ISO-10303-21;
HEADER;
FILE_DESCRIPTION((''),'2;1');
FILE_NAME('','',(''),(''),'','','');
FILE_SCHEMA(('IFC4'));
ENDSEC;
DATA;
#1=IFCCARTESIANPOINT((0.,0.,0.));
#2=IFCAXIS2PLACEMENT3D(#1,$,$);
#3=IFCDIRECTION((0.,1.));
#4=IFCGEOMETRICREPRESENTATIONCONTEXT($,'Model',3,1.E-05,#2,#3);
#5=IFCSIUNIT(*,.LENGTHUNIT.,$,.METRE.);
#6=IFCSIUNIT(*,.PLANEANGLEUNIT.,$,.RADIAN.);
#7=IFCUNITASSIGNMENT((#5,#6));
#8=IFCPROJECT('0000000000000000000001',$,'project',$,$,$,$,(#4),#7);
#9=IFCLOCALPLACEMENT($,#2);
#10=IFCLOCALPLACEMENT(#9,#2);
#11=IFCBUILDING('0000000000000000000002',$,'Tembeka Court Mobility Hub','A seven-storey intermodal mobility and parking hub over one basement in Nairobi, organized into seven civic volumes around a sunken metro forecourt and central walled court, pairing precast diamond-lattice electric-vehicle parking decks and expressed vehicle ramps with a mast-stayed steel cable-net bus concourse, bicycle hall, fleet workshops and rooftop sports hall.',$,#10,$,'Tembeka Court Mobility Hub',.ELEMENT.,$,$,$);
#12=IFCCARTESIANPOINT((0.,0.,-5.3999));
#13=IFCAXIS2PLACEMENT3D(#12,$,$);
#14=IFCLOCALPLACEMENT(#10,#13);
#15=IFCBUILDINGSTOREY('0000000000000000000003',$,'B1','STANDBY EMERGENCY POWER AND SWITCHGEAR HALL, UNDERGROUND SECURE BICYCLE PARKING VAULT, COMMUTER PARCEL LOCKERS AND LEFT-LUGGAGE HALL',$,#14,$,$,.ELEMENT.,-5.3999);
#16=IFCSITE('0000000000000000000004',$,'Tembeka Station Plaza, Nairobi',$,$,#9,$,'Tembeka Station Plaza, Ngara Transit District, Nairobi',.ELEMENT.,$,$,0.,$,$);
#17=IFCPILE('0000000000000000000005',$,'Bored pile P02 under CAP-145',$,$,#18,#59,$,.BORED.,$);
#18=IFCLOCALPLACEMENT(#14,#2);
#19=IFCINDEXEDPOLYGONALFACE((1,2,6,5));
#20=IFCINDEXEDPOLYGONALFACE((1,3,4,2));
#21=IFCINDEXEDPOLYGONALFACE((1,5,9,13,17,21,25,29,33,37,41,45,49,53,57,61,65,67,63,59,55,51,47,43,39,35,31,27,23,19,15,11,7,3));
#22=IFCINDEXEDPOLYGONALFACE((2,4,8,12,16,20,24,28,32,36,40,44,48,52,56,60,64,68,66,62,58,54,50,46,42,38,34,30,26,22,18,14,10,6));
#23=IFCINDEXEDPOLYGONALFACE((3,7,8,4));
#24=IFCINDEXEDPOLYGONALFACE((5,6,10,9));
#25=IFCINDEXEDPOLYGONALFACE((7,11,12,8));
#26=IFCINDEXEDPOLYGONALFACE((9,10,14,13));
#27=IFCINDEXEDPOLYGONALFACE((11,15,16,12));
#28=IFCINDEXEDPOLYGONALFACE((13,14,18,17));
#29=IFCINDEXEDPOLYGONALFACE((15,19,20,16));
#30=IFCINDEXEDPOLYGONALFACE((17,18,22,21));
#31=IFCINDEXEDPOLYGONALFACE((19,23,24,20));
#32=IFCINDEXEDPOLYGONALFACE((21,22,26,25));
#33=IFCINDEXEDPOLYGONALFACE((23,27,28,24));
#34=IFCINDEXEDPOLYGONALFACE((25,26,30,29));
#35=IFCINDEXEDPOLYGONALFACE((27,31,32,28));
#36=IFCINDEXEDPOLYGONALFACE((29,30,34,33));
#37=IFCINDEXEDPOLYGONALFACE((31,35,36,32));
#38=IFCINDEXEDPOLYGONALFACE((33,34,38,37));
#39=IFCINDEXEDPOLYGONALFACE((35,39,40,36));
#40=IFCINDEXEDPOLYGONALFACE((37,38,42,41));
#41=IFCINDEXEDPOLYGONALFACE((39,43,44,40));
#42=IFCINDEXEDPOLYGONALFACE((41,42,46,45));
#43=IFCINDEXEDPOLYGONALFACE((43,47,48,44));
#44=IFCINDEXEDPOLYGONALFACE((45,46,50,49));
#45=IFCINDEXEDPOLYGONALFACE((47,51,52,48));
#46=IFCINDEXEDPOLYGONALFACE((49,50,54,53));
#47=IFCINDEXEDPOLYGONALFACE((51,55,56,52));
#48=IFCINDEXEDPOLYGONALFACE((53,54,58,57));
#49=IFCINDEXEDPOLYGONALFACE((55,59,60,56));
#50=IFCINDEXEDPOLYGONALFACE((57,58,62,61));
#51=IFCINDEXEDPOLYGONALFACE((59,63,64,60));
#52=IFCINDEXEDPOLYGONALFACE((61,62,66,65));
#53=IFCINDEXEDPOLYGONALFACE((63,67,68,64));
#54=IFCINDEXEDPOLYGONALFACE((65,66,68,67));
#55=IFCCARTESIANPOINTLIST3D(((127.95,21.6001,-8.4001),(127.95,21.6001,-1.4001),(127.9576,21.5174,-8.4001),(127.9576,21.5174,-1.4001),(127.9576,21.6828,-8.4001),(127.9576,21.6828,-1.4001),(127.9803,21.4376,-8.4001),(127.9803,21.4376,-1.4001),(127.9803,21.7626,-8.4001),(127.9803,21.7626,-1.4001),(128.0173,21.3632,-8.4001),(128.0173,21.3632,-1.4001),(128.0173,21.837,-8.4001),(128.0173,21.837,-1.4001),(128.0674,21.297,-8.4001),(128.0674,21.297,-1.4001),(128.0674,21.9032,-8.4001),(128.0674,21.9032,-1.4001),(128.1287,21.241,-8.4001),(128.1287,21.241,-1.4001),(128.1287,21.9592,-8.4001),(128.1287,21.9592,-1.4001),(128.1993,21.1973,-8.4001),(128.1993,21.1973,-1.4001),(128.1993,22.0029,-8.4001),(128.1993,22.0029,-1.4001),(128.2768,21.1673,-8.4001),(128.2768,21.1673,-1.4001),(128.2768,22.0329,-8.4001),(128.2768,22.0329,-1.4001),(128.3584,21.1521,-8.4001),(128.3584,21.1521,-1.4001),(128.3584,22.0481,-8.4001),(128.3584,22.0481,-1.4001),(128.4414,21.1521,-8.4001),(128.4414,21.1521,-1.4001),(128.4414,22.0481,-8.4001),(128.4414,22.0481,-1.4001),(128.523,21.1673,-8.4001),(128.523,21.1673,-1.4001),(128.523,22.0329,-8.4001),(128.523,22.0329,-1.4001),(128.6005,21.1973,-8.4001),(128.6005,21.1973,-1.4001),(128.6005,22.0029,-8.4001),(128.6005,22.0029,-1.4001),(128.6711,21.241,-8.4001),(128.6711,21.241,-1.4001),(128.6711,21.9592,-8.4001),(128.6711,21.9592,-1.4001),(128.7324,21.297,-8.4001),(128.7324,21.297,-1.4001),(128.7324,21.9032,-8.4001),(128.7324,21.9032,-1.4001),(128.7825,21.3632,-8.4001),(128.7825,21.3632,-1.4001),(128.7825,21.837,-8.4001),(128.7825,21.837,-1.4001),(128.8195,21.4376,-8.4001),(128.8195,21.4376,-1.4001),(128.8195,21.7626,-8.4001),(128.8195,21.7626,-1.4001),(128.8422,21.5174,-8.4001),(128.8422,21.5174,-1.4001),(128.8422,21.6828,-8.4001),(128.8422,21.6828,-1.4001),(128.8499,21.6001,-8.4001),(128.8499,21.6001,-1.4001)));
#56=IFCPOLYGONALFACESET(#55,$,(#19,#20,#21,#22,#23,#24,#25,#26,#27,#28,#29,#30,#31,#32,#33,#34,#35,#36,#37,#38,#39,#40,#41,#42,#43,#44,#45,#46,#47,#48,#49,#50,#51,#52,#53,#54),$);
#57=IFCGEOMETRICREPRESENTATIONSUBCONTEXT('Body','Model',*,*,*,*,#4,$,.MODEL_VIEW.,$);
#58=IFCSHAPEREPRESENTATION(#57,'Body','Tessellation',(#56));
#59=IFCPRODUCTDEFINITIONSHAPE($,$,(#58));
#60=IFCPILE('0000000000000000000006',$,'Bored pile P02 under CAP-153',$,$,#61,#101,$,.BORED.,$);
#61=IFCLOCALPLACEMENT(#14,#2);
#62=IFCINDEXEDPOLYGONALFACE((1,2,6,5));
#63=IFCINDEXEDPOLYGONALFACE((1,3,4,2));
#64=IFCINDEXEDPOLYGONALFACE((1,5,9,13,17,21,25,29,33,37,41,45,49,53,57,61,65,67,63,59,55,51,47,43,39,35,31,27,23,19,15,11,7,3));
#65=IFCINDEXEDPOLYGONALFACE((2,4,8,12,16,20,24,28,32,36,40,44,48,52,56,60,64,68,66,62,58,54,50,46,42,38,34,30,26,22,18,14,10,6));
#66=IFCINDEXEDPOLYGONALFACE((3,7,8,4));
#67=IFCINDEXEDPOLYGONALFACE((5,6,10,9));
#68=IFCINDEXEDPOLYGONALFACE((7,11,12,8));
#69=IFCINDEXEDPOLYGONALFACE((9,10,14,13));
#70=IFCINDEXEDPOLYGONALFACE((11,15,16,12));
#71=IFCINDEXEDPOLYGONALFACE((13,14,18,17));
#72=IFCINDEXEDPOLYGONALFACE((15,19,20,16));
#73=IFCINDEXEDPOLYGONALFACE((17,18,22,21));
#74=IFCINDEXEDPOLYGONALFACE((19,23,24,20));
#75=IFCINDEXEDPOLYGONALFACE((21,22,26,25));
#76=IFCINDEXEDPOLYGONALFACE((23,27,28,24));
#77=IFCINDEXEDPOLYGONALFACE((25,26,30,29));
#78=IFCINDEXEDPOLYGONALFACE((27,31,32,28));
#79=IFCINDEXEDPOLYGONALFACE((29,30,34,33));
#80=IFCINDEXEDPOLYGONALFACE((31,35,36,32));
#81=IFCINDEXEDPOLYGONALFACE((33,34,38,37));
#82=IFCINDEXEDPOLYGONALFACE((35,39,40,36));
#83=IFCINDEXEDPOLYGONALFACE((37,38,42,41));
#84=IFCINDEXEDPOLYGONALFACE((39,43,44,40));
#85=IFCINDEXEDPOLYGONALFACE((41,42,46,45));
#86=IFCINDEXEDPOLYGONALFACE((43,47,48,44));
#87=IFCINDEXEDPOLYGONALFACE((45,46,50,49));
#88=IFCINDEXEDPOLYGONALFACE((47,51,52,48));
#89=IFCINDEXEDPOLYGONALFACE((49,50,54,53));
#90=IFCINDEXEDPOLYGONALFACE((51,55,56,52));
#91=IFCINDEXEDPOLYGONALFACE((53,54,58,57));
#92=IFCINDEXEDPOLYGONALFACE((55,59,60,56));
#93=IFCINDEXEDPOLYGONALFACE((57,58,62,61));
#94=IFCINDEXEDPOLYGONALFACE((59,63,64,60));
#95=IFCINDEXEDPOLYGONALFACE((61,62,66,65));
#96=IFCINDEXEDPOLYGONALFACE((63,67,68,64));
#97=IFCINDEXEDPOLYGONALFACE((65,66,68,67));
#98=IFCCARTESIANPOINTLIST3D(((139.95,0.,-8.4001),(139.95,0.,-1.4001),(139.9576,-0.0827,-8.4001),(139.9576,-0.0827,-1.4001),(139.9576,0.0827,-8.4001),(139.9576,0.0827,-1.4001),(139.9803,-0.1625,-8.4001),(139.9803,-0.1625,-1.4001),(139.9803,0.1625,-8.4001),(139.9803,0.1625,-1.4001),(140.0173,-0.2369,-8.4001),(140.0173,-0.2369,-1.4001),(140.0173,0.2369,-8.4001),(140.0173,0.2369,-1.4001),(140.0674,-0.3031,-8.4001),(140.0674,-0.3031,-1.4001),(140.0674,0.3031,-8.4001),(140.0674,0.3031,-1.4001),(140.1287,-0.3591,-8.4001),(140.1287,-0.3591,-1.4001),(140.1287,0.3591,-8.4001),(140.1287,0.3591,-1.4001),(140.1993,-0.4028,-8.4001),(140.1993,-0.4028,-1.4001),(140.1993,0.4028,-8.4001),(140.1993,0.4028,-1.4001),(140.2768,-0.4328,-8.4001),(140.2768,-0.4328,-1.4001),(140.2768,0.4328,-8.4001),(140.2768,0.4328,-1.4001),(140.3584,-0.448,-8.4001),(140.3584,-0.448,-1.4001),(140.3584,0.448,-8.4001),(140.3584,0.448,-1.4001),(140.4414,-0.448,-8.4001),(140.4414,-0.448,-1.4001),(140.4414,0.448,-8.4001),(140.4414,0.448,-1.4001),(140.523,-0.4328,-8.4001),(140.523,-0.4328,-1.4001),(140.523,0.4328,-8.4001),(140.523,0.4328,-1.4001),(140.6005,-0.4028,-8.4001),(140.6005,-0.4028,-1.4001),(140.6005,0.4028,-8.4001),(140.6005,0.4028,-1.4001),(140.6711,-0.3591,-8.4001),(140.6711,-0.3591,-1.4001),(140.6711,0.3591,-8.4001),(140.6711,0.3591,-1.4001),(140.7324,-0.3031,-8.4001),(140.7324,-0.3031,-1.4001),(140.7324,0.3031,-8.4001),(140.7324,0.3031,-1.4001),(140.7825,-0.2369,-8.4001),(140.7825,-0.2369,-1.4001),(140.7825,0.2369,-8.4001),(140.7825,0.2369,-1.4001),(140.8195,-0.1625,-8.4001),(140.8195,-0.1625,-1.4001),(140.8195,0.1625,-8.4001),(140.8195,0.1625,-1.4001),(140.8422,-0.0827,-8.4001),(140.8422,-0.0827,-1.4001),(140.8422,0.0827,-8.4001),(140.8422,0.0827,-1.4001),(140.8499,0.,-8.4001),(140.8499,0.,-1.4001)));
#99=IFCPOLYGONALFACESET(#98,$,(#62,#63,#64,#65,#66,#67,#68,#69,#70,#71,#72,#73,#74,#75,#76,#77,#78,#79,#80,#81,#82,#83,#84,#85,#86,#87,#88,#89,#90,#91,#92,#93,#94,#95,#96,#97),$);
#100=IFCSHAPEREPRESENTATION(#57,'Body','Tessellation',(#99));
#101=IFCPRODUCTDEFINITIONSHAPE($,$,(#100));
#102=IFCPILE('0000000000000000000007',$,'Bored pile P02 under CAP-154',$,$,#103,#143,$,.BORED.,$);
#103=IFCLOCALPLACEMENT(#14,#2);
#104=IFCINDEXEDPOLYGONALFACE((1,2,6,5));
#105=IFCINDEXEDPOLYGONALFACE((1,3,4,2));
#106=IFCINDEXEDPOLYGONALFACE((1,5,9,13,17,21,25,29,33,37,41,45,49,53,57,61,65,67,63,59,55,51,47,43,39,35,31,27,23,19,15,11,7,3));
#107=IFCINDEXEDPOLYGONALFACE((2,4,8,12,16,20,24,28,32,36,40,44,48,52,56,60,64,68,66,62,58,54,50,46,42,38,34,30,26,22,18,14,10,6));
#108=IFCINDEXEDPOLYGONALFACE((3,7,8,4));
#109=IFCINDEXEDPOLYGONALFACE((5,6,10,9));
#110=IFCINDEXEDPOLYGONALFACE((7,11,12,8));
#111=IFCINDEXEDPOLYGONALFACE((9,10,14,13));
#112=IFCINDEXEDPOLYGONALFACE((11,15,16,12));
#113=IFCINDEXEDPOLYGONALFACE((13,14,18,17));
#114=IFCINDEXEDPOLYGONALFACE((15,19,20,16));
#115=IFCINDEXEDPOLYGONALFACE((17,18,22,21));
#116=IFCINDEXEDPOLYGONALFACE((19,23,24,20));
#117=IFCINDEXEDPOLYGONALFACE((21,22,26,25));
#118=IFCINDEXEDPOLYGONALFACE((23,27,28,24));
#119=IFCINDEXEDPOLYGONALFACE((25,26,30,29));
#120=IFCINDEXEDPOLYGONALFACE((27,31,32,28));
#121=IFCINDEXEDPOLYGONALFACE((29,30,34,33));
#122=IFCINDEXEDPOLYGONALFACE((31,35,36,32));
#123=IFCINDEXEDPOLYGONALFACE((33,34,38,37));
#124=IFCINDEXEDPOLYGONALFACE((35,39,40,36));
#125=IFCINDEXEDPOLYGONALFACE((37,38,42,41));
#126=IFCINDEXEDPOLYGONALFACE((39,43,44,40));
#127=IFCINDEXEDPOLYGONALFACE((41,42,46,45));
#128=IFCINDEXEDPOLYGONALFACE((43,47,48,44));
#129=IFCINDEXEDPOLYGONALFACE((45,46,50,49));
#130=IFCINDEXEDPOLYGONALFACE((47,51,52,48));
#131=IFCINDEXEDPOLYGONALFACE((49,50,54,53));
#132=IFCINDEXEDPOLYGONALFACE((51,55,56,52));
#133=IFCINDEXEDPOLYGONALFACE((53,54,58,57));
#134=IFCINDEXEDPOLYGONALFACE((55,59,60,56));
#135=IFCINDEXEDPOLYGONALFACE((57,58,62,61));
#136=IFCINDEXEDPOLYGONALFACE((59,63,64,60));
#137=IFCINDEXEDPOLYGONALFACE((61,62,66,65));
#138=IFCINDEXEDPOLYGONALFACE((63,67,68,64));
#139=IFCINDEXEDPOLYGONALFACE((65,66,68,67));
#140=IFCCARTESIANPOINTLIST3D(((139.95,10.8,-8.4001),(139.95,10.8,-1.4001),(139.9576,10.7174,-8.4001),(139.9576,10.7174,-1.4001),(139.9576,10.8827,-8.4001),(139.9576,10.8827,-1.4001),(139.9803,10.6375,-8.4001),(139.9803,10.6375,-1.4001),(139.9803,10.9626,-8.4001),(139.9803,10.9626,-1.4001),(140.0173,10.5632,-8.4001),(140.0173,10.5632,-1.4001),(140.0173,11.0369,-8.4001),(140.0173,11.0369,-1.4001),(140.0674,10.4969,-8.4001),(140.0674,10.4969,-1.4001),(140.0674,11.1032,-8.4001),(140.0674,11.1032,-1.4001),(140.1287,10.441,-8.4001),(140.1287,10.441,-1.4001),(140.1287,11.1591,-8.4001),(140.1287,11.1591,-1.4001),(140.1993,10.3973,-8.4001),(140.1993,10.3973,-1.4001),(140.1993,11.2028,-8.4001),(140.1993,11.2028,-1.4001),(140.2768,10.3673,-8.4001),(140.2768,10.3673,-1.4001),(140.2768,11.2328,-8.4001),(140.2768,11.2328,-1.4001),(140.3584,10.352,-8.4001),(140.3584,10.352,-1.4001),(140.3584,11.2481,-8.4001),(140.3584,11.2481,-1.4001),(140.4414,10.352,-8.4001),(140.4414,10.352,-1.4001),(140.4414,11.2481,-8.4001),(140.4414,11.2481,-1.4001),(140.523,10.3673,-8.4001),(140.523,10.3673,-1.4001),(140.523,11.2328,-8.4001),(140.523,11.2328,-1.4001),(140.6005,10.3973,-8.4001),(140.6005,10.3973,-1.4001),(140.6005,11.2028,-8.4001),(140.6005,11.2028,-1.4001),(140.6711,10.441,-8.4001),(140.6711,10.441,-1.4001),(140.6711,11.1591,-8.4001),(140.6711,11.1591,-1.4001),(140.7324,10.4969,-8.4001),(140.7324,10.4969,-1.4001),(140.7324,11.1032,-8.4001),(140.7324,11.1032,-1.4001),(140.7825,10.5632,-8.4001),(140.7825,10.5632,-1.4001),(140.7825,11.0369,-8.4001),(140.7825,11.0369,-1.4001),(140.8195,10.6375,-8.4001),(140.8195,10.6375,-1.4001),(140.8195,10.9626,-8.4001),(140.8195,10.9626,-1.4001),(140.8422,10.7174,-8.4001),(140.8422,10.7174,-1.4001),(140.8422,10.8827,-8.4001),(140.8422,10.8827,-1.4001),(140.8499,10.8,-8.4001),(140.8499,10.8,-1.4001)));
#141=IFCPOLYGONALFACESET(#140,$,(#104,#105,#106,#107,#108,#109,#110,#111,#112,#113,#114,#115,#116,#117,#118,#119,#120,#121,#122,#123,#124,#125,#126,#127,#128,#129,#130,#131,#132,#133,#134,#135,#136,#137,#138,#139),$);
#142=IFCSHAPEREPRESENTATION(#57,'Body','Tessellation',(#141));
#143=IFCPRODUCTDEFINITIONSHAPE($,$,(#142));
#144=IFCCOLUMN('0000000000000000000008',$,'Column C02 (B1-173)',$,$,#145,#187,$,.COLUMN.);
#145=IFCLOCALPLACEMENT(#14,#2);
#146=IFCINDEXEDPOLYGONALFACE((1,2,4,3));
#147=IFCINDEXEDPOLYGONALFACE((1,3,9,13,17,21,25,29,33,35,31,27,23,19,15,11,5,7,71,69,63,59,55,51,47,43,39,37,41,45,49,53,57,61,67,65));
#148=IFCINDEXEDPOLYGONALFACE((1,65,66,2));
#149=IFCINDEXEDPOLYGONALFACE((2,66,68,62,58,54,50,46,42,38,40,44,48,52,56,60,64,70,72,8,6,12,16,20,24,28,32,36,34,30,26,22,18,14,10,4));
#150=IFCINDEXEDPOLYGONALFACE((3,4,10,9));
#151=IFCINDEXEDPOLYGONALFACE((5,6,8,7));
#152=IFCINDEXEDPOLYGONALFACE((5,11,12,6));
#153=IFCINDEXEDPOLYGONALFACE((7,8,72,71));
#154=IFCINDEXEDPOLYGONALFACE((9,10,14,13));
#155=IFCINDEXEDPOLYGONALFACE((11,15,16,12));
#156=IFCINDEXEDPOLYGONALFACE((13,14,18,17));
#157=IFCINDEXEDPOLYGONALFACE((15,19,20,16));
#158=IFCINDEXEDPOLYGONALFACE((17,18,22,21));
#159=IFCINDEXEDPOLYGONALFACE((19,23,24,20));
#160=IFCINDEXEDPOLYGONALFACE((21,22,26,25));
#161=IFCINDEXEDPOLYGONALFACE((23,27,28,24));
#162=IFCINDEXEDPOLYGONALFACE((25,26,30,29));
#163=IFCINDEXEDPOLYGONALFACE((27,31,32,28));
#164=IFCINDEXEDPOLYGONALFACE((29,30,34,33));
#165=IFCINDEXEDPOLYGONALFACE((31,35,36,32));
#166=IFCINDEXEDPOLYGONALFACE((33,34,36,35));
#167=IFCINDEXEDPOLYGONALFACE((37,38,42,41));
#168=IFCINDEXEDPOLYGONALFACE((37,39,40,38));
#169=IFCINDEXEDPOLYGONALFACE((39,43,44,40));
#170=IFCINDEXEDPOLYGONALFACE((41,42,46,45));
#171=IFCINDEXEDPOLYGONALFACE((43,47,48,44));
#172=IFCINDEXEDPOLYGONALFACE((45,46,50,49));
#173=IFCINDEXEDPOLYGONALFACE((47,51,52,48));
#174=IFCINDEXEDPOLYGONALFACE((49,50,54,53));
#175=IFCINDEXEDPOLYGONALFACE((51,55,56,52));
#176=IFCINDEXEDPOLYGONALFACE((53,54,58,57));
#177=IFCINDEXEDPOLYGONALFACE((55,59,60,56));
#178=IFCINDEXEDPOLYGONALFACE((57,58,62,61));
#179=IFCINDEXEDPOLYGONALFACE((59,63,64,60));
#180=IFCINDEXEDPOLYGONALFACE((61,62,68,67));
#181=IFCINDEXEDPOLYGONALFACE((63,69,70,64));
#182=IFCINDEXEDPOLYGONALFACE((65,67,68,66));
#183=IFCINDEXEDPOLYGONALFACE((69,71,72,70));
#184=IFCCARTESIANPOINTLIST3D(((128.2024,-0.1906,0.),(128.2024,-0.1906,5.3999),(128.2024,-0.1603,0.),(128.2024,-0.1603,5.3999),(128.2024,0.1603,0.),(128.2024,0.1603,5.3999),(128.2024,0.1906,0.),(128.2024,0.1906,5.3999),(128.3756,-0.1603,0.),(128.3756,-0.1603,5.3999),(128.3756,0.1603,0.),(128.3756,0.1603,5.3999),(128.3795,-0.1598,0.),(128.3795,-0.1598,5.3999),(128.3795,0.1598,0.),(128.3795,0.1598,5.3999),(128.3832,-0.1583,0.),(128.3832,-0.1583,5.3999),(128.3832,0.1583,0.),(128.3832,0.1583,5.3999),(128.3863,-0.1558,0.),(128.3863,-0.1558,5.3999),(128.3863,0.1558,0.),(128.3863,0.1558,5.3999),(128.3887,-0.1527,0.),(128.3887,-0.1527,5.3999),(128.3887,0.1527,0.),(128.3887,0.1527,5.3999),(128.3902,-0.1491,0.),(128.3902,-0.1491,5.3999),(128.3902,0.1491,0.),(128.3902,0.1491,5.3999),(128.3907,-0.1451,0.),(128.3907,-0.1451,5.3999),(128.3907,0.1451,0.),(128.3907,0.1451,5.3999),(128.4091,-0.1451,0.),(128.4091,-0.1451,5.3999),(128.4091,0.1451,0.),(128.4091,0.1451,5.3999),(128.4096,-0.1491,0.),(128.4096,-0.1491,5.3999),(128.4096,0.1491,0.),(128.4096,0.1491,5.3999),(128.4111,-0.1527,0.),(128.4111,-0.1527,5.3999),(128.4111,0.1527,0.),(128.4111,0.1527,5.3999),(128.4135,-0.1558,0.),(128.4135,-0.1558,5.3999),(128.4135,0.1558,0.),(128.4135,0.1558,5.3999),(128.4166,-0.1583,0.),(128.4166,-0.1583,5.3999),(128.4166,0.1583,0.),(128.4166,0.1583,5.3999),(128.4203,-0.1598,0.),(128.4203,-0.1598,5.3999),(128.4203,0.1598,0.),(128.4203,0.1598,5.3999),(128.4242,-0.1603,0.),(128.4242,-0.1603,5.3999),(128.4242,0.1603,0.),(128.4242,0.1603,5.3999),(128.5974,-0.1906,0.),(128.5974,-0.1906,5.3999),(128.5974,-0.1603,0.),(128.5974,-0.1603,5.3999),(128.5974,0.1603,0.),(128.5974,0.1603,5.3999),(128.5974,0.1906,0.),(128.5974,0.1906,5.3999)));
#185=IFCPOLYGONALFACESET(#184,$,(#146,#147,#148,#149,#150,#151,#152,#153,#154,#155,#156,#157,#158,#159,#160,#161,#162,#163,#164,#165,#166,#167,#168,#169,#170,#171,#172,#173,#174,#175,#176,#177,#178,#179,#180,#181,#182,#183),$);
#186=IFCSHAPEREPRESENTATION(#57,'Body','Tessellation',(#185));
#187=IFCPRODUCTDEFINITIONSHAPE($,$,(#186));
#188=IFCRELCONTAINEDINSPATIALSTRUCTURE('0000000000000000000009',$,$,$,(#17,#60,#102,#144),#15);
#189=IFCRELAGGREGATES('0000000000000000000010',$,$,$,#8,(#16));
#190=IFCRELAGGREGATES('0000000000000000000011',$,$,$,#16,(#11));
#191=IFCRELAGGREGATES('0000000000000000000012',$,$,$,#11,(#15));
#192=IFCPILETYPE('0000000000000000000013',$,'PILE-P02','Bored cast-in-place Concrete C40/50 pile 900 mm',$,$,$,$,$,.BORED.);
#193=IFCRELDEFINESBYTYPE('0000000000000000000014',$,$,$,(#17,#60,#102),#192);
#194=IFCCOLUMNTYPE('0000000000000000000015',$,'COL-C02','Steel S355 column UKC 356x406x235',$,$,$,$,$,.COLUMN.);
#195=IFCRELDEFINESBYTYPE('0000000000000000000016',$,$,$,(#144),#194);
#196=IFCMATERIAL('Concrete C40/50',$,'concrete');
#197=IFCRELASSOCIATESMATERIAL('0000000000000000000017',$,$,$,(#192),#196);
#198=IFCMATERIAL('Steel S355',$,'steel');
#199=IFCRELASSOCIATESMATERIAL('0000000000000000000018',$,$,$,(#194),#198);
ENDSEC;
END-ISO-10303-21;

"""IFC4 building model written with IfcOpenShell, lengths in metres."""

from ifc_helpers import new_model, si_unit, direction, frame, origin, origin_2d, place, context, subcontext, project, spatial, circle, i_section, extrude, material, material_profile, profile_set, type_object, element, save


model = new_model("IFC4")

# Units and contexts
model_context = context("Model", 3, precision=1e-05, world=origin(), true_north=direction((0.0, 1.0)))
body_context = subcontext(model_context, "Body", "Model", "MODEL_VIEW")
ifc_project = project(units=[si_unit("LENGTHUNIT", "METRE"), si_unit("PLANEANGLEUNIT", "RADIAN")], contexts=[model_context])

# Site, building, storey
site_placement = place(None, origin())
site = spatial("IfcSite", under=ifc_project, at=site_placement, Name="Tembeka Station Plaza, Nairobi", LongName="Tembeka Station Plaza, Ngara Transit District, Nairobi", CompositionType="ELEMENT", RefElevation=0.0)
building_placement = place(site_placement, origin())
building = spatial("IfcBuilding", under=site, at=building_placement, Name="Tembeka Court Mobility Hub", Description="A seven-storey intermodal mobility and parking hub over one basement in Nairobi, organized into seven civic volumes around a sunken metro forecourt and central walled court, pairing precast diamond-lattice electric-vehicle parking decks and expressed vehicle ramps with a mast-stayed steel cable-net bus concourse, bicycle hall, fleet workshops and rooftop sports hall.", LongName="Tembeka Court Mobility Hub", CompositionType="ELEMENT")
storey_placement = place(building_placement, frame((0.0, 0.0, -5.3999)))
storey = spatial("IfcBuildingStorey", under=building, at=storey_placement, Name="B1", Description="STANDBY EMERGENCY POWER AND SWITCHGEAR HALL, UNDERGROUND SECURE BICYCLE PARKING VAULT, COMMUTER PARCEL LOCKERS AND LEFT-LUGGAGE HALL", CompositionType="ELEMENT", Elevation=-5.3999)

# Shared definitions
ifc_material_1 = material(Name="Concrete C40/50", Category="concrete")

# Piles
ifc_material_profile_1 = material_profile(ifc_material_1, circle(Radius=0.45, at=origin_2d()), Name="PILE D900")
ifc_profile_set_1 = profile_set([ifc_material_profile_1], Name="Concrete C40/50")
pile_type = type_object("IfcPileType", Name="PILE-P02", Description="Bored cast-in-place Concrete C40/50 pile 900 mm", PredefinedType="BORED", material=ifc_profile_set_1)
for number, where, z_axis, x_axis, name in (
    (1, (128.3999, 21.6001, -1.4001), (0.0, 0.0, -1.0), (1.0, 0.0, 0.0), "Bored pile P02 under CAP-145"),
    (2, (140.3999, 0.0, -1.4001), (0.0, 0.0, -1.0), (1.0, 0.0, 0.0), "Bored pile P02 under CAP-153"),
    (3, (140.3999, 10.8, -1.4001), (0.0, 0.0, -1.0), (1.0, 0.0, 0.0), "Bored pile P02 under CAP-154"),
):
    element("IfcPile", number, at=place(storey_placement, frame(where, z_axis=z_axis, x_axis=x_axis)), inside=storey, type_object=pile_type, Name=name, PredefinedType="BORED", context=body_context, shape_type="SweptSolid", body=[
        extrude(circle(Radius=0.45, at=origin_2d()), origin(), (0.0, 0.0, 1.0), 7.0),
    ])

# Column
ifc_material_2 = material(Name="Steel S355", Category="steel")
ifc_material_profile_2 = material_profile(ifc_material_2, i_section(OverallWidth=0.395, OverallDepth=0.3811, WebThickness=0.0183, FlangeThickness=0.0303, FilletRadius=0.0151, at=origin_2d()), Name="UKC 356x406x235")
ifc_profile_set_2 = profile_set([ifc_material_profile_2], Name="Steel S355")
column_type = type_object("IfcColumnType", Name="COL-C02", Description="Steel S355 column UKC 356x406x235", PredefinedType="COLUMN", material=ifc_profile_set_2)
for number, where, z_axis, x_axis, name in (
    (4, (128.3999, 0.0, 0.0), (0.0, 0.0, 1.0), (1.0, 0.0, 0.0), "Column C02 (B1-173)"),
):
    element("IfcColumn", number, at=place(storey_placement, frame(where, z_axis=z_axis, x_axis=x_axis)), inside=storey, type_object=column_type, Name=name, PredefinedType="COLUMN", context=body_context, shape_type="SweptSolid", body=[
        extrude(i_section(OverallWidth=0.395, OverallDepth=0.3811, WebThickness=0.0183, FlangeThickness=0.0303, FilletRadius=0.0151, at=origin_2d()), origin(), (0.0, 0.0, 1.0), 5.3999),
    ])

save(model, "model.ifc")
